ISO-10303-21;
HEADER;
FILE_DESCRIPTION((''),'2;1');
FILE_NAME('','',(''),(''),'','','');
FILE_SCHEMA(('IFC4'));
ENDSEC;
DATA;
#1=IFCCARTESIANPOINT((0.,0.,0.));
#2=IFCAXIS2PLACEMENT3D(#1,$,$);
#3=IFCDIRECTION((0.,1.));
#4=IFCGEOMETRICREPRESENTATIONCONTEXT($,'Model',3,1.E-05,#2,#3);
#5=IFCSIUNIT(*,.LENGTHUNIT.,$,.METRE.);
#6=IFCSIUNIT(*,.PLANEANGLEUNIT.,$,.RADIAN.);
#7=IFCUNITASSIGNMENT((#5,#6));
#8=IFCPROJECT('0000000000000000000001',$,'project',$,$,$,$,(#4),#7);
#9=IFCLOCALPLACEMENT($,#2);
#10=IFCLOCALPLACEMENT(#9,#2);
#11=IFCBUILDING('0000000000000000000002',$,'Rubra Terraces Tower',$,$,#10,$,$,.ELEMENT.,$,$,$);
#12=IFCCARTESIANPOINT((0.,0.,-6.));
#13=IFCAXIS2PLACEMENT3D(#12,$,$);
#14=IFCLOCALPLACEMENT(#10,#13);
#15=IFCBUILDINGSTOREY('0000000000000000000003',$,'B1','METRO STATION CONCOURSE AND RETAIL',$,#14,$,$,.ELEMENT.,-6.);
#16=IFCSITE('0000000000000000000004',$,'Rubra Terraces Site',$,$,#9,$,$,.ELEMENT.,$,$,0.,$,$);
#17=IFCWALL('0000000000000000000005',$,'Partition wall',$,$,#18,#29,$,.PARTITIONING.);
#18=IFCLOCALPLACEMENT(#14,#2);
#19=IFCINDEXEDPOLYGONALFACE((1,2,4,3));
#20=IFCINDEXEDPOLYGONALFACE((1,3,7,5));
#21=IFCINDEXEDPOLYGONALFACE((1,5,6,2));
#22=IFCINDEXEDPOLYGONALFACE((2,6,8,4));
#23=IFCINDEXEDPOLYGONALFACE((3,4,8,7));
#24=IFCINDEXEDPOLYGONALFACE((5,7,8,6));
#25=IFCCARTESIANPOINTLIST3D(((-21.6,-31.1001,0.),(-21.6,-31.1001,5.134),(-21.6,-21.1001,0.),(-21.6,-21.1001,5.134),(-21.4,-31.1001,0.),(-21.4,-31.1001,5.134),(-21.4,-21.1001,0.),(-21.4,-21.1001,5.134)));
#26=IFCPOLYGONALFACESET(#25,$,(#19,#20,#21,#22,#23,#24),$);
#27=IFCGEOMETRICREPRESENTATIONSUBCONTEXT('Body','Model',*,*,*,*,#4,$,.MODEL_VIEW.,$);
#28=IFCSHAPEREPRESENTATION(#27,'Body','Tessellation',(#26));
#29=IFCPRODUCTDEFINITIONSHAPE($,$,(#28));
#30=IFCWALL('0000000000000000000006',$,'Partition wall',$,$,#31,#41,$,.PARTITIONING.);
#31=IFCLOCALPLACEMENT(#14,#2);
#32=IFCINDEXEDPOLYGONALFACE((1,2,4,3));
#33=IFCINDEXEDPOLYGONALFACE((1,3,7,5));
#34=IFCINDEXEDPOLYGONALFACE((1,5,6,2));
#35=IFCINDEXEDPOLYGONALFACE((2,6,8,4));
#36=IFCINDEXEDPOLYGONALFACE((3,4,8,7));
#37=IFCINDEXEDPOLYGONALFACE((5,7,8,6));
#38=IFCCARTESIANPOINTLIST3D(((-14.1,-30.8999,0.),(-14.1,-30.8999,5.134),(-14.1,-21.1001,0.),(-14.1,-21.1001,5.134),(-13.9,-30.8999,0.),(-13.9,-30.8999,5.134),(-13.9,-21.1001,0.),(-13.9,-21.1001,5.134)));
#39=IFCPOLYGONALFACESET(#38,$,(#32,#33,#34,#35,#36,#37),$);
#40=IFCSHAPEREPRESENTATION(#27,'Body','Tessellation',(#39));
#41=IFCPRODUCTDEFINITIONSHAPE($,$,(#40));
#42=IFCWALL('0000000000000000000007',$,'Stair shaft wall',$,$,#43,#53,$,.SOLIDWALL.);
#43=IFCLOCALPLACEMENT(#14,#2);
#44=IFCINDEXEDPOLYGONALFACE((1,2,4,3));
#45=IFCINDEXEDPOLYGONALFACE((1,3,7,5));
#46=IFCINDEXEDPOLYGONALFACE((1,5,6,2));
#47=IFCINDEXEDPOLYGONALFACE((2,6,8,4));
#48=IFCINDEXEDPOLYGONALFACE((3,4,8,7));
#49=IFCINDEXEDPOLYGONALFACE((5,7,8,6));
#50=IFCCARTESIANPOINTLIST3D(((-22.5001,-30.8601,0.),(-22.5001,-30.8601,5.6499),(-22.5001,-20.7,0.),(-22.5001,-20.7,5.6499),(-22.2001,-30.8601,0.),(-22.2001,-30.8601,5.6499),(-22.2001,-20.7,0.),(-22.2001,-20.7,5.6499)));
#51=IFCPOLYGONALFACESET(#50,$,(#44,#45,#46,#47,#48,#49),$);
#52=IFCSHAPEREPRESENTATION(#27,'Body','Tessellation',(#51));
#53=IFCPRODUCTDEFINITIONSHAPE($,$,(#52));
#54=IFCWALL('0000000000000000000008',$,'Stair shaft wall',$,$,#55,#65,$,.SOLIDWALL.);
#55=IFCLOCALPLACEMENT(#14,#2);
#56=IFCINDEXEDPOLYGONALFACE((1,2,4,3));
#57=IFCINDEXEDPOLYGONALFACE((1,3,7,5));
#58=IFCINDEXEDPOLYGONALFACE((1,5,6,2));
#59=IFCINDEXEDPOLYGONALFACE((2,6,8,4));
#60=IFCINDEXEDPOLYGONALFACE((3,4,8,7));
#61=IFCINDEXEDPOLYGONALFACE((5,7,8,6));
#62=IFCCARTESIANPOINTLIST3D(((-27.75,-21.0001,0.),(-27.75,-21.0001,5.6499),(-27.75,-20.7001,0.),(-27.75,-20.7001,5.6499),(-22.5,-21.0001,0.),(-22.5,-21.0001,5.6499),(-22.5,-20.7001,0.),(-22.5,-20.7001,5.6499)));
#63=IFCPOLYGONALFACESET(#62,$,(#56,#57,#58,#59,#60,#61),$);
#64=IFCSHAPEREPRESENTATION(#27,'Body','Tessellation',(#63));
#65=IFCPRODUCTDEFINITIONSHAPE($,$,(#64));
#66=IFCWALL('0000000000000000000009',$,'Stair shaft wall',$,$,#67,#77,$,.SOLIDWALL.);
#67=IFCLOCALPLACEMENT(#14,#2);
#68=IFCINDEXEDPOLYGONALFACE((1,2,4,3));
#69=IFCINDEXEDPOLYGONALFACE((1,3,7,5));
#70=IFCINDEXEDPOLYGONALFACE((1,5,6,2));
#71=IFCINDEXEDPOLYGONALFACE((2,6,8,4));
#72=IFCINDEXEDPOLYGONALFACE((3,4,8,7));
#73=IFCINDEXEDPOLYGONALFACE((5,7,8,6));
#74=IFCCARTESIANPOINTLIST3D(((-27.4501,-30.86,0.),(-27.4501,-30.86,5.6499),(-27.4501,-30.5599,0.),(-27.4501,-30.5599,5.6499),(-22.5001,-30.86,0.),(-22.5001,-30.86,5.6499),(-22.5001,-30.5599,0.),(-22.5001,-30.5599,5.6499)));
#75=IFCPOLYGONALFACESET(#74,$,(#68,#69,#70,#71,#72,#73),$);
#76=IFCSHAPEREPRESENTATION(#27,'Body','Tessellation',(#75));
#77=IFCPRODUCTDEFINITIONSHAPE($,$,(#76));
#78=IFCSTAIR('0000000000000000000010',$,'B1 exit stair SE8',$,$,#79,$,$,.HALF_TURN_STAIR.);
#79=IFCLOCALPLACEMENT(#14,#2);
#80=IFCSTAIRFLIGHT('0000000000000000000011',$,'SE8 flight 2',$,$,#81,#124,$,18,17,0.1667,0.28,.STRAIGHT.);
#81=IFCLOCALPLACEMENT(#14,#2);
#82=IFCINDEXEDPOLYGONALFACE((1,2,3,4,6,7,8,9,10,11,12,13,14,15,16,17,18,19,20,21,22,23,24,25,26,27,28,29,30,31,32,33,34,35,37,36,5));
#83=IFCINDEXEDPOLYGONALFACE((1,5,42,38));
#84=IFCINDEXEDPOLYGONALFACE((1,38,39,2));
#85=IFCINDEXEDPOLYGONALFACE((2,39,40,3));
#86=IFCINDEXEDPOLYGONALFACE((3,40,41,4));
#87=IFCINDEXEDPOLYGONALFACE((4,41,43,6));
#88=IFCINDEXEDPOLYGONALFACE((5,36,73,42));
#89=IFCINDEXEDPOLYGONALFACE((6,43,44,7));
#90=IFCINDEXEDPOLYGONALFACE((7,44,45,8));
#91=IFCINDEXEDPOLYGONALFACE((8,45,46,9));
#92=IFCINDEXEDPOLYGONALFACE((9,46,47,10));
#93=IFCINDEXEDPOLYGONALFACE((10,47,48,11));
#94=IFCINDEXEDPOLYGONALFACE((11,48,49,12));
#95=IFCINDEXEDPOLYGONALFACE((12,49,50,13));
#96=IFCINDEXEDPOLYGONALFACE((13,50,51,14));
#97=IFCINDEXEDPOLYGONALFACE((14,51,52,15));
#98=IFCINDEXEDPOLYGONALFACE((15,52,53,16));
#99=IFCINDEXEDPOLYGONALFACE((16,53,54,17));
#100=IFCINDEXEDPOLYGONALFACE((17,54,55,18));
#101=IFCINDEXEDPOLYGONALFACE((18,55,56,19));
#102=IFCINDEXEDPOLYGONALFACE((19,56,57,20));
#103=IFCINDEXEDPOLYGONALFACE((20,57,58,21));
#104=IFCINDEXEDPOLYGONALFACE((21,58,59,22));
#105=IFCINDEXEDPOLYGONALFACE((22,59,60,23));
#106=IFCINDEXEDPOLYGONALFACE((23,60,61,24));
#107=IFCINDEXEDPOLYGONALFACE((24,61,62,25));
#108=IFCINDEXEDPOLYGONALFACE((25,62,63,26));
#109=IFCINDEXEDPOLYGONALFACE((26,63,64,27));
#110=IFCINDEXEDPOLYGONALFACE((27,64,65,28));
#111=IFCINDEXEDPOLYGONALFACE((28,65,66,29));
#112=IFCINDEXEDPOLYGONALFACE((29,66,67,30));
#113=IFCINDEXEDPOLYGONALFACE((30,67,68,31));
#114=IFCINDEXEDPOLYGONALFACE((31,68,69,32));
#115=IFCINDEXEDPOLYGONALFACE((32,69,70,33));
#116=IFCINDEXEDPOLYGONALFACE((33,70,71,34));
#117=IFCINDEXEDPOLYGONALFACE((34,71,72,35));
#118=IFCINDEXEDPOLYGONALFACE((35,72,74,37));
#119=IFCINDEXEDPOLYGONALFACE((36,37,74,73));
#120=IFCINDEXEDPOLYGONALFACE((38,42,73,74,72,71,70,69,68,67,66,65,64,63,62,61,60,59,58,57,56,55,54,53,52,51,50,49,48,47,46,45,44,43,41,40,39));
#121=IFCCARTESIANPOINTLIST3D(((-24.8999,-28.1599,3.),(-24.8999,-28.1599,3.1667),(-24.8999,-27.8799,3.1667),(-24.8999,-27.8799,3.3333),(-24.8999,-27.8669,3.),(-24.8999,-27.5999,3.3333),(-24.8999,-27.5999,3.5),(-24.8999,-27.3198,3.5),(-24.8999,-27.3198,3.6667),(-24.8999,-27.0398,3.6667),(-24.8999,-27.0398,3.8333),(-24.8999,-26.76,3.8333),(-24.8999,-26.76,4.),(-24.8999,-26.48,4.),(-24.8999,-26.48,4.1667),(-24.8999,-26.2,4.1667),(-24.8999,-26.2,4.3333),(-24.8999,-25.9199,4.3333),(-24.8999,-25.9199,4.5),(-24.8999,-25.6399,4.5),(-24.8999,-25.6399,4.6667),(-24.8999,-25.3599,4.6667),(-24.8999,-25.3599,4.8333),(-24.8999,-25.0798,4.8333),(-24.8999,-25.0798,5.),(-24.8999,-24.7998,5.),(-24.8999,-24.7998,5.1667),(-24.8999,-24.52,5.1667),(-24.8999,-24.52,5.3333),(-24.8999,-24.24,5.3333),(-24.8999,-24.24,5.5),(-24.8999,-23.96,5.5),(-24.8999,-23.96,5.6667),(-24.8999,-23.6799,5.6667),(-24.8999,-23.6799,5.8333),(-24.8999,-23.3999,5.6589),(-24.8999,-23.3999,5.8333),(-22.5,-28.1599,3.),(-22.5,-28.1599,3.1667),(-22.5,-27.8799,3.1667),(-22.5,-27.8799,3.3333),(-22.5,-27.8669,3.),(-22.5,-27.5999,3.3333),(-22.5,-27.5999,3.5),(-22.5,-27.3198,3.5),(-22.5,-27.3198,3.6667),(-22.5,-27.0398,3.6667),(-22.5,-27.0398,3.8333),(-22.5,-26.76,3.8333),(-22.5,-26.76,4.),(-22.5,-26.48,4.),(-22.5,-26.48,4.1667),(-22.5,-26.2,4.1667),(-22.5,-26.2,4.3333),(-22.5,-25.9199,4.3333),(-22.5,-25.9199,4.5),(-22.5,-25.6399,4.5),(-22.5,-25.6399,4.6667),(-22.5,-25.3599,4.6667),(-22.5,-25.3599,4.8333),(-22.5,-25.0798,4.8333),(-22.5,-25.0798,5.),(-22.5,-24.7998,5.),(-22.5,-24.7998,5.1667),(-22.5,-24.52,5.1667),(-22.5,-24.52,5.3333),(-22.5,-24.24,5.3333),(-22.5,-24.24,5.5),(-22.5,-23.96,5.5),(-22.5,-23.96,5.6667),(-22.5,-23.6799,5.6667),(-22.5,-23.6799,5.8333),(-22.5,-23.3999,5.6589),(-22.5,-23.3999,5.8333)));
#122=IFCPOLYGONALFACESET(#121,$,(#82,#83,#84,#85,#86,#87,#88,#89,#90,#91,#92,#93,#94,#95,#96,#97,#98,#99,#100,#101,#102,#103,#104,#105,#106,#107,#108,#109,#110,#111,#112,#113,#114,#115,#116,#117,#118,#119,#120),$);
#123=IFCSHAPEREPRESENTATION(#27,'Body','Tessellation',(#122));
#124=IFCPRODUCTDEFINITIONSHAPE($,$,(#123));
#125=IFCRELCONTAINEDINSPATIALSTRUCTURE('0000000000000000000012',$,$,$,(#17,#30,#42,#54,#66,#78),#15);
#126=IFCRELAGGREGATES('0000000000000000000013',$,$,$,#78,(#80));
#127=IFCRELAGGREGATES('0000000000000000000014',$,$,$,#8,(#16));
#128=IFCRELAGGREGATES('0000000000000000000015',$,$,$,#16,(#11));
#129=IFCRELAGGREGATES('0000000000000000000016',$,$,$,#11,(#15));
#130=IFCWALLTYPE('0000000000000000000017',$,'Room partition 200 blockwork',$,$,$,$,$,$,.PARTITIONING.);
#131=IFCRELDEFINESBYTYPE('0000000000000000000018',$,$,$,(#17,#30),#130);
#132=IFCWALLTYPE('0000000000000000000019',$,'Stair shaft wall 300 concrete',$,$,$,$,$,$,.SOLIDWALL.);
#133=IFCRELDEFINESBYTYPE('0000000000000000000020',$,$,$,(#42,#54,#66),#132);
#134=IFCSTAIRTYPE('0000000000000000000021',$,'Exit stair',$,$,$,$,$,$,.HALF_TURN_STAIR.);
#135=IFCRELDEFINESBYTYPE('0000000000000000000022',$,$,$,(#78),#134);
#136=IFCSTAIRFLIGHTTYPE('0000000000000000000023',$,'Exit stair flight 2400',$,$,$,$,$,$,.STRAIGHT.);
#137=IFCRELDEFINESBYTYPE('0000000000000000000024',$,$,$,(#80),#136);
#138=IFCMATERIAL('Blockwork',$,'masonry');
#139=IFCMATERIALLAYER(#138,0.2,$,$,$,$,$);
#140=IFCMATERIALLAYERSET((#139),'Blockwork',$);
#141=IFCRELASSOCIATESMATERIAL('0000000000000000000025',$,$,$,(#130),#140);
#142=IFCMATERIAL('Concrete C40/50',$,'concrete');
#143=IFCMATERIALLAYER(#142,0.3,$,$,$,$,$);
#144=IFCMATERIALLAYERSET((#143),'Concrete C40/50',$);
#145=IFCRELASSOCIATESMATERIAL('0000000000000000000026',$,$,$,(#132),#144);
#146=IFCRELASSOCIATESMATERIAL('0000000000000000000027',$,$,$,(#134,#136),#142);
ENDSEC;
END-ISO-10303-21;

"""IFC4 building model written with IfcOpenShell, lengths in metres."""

from ifc_helpers import new_model, si_unit, direction, frame, frame_2d, origin, place, context, subcontext, project, spatial, polyline, rectangle, outline, extrude, material, layer, layer_set, type_object, element, aggregate, save


model = new_model("IFC4")

# Units and contexts
model_context = context("Model", 3, precision=1e-05, world=origin(), true_north=direction((0.0, 1.0)))
body_context = subcontext(model_context, "Body", "Model", "MODEL_VIEW")
ifc_project = project(units=[si_unit("LENGTHUNIT", "METRE"), si_unit("PLANEANGLEUNIT", "RADIAN")], contexts=[model_context])

# Site, building, storey
site_placement = place(None, origin())
site = spatial("IfcSite", under=ifc_project, at=site_placement, Name="Rubra Terraces Site", CompositionType="ELEMENT", RefElevation=0.0)
building_placement = place(site_placement, origin())
building = spatial("IfcBuilding", under=site, at=building_placement, Name="Rubra Terraces Tower", CompositionType="ELEMENT")
storey_placement = place(building_placement, frame((0.0, 0.0, -6.0)))
storey = spatial("IfcBuildingStorey", under=building, at=storey_placement, Name="B1", Description="METRO STATION CONCOURSE AND RETAIL", CompositionType="ELEMENT", Elevation=-6.0)

# Walls
ifc_material_1 = material(Name="Blockwork", Category="masonry")
ifc_layer_1 = layer(ifc_material_1, 0.2)
ifc_layer_set_1 = layer_set([ifc_layer_1], Name="Blockwork")
wall_type_1 = type_object("IfcWallType", Name="Room partition 200 blockwork", PredefinedType="PARTITIONING", material=ifc_layer_set_1)
wall_1_placement = place(storey_placement, frame((-21.5, -31.1001, 0.0), z_axis=(0.0, 0.0, 1.0), x_axis=(0.0, 1.0, 0.0)))
element("IfcWall", 1, at=wall_1_placement, inside=storey, type_object=wall_type_1, Name="Partition wall", PredefinedType="PARTITIONING", context=body_context, shape_type="SweptSolid", body=[
    extrude(rectangle(XDim=10.0, YDim=0.2, at=frame_2d((5.0, 0.0))), origin(), (0.0, 0.0, 1.0), 5.134),
])
wall_2_placement = place(storey_placement, frame((-14.0, -21.1001, 0.0), z_axis=(0.0, 0.0, 1.0), x_axis=(0.0, -1.0, 0.0)))
element("IfcWall", 2, at=wall_2_placement, inside=storey, type_object=wall_type_1, Name="Partition wall", PredefinedType="PARTITIONING", context=body_context, shape_type="SweptSolid", body=[
    extrude(rectangle(XDim=9.7998, YDim=0.2, at=frame_2d((4.8999, 0.0))), origin(), (0.0, 0.0, 1.0), 5.134),
])
ifc_material_2 = material(Name="Concrete C40/50", Category="concrete")
ifc_layer_2 = layer(ifc_material_2, 0.3)
ifc_layer_set_2 = layer_set([ifc_layer_2], Name="Concrete C40/50")
wall_type_2 = type_object("IfcWallType", Name="Stair shaft wall 300 concrete", PredefinedType="SOLIDWALL", material=ifc_layer_set_2)
wall_3_placement = place(storey_placement, frame((-22.3501, -30.8601, 0.0), z_axis=(0.0, 0.0, 1.0), x_axis=(0.0, 1.0, 0.0)))
element("IfcWall", 3, at=wall_3_placement, inside=storey, type_object=wall_type_2, Name="Stair shaft wall", PredefinedType="SOLIDWALL", context=body_context, shape_type="SweptSolid", body=[
    extrude(rectangle(XDim=10.1602, YDim=0.3, at=frame_2d((5.0801, 0.0))), origin(), (0.0, 0.0, 1.0), 5.6499),
])
wall_4_placement = place(storey_placement, frame((-22.5, -20.8501, 0.0), z_axis=(0.0, 0.0, 1.0), x_axis=(-1.0, 0.0, 0.0)))
element("IfcWall", 4, at=wall_4_placement, inside=storey, type_object=wall_type_2, Name="Stair shaft wall", PredefinedType="SOLIDWALL", context=body_context, shape_type="SweptSolid", body=[
    extrude(rectangle(XDim=5.25, YDim=0.3, at=frame_2d((2.625, 0.0))), origin(), (0.0, 0.0, 1.0), 5.6499),
])
wall_5_placement = place(storey_placement, frame((-22.5, -30.71, 0.0), z_axis=(0.0, 0.0, 1.0), x_axis=(-1.0, 0.0, 0.0)))
element("IfcWall", 5, at=wall_5_placement, inside=storey, type_object=wall_type_2, Name="Stair shaft wall", PredefinedType="SOLIDWALL", context=body_context, shape_type="SweptSolid", body=[
    extrude(rectangle(XDim=4.95, YDim=0.3, at=frame_2d((2.4751, 0.0))), origin(), (0.0, 0.0, 1.0), 5.6499),
])

# Stair, stair flight
stair_type = type_object("IfcStairType", Name="Exit stair", PredefinedType="HALF_TURN_STAIR", material=ifc_material_2)
stair_placement = place(storey_placement, origin())
stair = element("IfcStair", 6, at=stair_placement, inside=storey, type_object=stair_type, Name="B1 exit stair SE8", PredefinedType="HALF_TURN_STAIR")
stair_flight_type = type_object("IfcStairFlightType", Name="Exit stair flight 2400", PredefinedType="STRAIGHT", material=ifc_material_2)
stair_flight_placement = place(storey_placement, frame((-23.7, -28.1599, 3.0), z_axis=(0.0, 0.0, 1.0), x_axis=(0.0, 1.0, 0.0)))
stair_flight = element("IfcStairFlight", 7, at=stair_flight_placement, type_object=stair_flight_type, Name="SE8 flight 2", NumberOfRisers=18, NumberOfTreads=17, PredefinedType="STRAIGHT", RiserHeight=0.1667, TreadLength=0.28, context=body_context, shape_type="SweptSolid", body=[
    extrude(outline(polyline([(0.0, 0.0), (0.0, 0.1667), (0.28, 0.1667), (0.28, 0.3333), (0.5601, 0.3333), (0.5601, 0.5), (0.8401, 0.5), (0.8401, 0.6667), (1.1201, 0.6667), (1.1201, 0.8333), (1.3999, 0.8333), (1.3999, 1.0), (1.6799, 1.0), (1.6799, 1.1667), (1.96, 1.1667), (1.96, 1.3333), (2.24, 1.3333), (2.24, 1.5), (2.52, 1.5), (2.52, 1.6667), (2.8, 1.6667), (2.8, 1.8333), (3.0801, 1.8333), (3.0801, 2.0), (3.3601, 2.0), (3.3601, 2.1667), (3.6399, 2.1667), (3.6399, 2.3333), (3.9199, 2.3333), (3.9199, 2.5), (4.2, 2.5), (4.2, 2.6667), (4.48, 2.6667), (4.48, 2.8333), (4.76, 2.8333), (4.76, 3.0), (4.76, 2.6589), (0.293, 0.0), (0.0, 0.0)])), frame((0.0, 1.2, 0.0), z_axis=(0.0, -1.0, 0.0), x_axis=(1.0, 0.0, 0.0)), (0.0, 0.0, 1.0), 2.3999),
])
aggregate(stair, [stair_flight])

save(model, "model.ifc")
